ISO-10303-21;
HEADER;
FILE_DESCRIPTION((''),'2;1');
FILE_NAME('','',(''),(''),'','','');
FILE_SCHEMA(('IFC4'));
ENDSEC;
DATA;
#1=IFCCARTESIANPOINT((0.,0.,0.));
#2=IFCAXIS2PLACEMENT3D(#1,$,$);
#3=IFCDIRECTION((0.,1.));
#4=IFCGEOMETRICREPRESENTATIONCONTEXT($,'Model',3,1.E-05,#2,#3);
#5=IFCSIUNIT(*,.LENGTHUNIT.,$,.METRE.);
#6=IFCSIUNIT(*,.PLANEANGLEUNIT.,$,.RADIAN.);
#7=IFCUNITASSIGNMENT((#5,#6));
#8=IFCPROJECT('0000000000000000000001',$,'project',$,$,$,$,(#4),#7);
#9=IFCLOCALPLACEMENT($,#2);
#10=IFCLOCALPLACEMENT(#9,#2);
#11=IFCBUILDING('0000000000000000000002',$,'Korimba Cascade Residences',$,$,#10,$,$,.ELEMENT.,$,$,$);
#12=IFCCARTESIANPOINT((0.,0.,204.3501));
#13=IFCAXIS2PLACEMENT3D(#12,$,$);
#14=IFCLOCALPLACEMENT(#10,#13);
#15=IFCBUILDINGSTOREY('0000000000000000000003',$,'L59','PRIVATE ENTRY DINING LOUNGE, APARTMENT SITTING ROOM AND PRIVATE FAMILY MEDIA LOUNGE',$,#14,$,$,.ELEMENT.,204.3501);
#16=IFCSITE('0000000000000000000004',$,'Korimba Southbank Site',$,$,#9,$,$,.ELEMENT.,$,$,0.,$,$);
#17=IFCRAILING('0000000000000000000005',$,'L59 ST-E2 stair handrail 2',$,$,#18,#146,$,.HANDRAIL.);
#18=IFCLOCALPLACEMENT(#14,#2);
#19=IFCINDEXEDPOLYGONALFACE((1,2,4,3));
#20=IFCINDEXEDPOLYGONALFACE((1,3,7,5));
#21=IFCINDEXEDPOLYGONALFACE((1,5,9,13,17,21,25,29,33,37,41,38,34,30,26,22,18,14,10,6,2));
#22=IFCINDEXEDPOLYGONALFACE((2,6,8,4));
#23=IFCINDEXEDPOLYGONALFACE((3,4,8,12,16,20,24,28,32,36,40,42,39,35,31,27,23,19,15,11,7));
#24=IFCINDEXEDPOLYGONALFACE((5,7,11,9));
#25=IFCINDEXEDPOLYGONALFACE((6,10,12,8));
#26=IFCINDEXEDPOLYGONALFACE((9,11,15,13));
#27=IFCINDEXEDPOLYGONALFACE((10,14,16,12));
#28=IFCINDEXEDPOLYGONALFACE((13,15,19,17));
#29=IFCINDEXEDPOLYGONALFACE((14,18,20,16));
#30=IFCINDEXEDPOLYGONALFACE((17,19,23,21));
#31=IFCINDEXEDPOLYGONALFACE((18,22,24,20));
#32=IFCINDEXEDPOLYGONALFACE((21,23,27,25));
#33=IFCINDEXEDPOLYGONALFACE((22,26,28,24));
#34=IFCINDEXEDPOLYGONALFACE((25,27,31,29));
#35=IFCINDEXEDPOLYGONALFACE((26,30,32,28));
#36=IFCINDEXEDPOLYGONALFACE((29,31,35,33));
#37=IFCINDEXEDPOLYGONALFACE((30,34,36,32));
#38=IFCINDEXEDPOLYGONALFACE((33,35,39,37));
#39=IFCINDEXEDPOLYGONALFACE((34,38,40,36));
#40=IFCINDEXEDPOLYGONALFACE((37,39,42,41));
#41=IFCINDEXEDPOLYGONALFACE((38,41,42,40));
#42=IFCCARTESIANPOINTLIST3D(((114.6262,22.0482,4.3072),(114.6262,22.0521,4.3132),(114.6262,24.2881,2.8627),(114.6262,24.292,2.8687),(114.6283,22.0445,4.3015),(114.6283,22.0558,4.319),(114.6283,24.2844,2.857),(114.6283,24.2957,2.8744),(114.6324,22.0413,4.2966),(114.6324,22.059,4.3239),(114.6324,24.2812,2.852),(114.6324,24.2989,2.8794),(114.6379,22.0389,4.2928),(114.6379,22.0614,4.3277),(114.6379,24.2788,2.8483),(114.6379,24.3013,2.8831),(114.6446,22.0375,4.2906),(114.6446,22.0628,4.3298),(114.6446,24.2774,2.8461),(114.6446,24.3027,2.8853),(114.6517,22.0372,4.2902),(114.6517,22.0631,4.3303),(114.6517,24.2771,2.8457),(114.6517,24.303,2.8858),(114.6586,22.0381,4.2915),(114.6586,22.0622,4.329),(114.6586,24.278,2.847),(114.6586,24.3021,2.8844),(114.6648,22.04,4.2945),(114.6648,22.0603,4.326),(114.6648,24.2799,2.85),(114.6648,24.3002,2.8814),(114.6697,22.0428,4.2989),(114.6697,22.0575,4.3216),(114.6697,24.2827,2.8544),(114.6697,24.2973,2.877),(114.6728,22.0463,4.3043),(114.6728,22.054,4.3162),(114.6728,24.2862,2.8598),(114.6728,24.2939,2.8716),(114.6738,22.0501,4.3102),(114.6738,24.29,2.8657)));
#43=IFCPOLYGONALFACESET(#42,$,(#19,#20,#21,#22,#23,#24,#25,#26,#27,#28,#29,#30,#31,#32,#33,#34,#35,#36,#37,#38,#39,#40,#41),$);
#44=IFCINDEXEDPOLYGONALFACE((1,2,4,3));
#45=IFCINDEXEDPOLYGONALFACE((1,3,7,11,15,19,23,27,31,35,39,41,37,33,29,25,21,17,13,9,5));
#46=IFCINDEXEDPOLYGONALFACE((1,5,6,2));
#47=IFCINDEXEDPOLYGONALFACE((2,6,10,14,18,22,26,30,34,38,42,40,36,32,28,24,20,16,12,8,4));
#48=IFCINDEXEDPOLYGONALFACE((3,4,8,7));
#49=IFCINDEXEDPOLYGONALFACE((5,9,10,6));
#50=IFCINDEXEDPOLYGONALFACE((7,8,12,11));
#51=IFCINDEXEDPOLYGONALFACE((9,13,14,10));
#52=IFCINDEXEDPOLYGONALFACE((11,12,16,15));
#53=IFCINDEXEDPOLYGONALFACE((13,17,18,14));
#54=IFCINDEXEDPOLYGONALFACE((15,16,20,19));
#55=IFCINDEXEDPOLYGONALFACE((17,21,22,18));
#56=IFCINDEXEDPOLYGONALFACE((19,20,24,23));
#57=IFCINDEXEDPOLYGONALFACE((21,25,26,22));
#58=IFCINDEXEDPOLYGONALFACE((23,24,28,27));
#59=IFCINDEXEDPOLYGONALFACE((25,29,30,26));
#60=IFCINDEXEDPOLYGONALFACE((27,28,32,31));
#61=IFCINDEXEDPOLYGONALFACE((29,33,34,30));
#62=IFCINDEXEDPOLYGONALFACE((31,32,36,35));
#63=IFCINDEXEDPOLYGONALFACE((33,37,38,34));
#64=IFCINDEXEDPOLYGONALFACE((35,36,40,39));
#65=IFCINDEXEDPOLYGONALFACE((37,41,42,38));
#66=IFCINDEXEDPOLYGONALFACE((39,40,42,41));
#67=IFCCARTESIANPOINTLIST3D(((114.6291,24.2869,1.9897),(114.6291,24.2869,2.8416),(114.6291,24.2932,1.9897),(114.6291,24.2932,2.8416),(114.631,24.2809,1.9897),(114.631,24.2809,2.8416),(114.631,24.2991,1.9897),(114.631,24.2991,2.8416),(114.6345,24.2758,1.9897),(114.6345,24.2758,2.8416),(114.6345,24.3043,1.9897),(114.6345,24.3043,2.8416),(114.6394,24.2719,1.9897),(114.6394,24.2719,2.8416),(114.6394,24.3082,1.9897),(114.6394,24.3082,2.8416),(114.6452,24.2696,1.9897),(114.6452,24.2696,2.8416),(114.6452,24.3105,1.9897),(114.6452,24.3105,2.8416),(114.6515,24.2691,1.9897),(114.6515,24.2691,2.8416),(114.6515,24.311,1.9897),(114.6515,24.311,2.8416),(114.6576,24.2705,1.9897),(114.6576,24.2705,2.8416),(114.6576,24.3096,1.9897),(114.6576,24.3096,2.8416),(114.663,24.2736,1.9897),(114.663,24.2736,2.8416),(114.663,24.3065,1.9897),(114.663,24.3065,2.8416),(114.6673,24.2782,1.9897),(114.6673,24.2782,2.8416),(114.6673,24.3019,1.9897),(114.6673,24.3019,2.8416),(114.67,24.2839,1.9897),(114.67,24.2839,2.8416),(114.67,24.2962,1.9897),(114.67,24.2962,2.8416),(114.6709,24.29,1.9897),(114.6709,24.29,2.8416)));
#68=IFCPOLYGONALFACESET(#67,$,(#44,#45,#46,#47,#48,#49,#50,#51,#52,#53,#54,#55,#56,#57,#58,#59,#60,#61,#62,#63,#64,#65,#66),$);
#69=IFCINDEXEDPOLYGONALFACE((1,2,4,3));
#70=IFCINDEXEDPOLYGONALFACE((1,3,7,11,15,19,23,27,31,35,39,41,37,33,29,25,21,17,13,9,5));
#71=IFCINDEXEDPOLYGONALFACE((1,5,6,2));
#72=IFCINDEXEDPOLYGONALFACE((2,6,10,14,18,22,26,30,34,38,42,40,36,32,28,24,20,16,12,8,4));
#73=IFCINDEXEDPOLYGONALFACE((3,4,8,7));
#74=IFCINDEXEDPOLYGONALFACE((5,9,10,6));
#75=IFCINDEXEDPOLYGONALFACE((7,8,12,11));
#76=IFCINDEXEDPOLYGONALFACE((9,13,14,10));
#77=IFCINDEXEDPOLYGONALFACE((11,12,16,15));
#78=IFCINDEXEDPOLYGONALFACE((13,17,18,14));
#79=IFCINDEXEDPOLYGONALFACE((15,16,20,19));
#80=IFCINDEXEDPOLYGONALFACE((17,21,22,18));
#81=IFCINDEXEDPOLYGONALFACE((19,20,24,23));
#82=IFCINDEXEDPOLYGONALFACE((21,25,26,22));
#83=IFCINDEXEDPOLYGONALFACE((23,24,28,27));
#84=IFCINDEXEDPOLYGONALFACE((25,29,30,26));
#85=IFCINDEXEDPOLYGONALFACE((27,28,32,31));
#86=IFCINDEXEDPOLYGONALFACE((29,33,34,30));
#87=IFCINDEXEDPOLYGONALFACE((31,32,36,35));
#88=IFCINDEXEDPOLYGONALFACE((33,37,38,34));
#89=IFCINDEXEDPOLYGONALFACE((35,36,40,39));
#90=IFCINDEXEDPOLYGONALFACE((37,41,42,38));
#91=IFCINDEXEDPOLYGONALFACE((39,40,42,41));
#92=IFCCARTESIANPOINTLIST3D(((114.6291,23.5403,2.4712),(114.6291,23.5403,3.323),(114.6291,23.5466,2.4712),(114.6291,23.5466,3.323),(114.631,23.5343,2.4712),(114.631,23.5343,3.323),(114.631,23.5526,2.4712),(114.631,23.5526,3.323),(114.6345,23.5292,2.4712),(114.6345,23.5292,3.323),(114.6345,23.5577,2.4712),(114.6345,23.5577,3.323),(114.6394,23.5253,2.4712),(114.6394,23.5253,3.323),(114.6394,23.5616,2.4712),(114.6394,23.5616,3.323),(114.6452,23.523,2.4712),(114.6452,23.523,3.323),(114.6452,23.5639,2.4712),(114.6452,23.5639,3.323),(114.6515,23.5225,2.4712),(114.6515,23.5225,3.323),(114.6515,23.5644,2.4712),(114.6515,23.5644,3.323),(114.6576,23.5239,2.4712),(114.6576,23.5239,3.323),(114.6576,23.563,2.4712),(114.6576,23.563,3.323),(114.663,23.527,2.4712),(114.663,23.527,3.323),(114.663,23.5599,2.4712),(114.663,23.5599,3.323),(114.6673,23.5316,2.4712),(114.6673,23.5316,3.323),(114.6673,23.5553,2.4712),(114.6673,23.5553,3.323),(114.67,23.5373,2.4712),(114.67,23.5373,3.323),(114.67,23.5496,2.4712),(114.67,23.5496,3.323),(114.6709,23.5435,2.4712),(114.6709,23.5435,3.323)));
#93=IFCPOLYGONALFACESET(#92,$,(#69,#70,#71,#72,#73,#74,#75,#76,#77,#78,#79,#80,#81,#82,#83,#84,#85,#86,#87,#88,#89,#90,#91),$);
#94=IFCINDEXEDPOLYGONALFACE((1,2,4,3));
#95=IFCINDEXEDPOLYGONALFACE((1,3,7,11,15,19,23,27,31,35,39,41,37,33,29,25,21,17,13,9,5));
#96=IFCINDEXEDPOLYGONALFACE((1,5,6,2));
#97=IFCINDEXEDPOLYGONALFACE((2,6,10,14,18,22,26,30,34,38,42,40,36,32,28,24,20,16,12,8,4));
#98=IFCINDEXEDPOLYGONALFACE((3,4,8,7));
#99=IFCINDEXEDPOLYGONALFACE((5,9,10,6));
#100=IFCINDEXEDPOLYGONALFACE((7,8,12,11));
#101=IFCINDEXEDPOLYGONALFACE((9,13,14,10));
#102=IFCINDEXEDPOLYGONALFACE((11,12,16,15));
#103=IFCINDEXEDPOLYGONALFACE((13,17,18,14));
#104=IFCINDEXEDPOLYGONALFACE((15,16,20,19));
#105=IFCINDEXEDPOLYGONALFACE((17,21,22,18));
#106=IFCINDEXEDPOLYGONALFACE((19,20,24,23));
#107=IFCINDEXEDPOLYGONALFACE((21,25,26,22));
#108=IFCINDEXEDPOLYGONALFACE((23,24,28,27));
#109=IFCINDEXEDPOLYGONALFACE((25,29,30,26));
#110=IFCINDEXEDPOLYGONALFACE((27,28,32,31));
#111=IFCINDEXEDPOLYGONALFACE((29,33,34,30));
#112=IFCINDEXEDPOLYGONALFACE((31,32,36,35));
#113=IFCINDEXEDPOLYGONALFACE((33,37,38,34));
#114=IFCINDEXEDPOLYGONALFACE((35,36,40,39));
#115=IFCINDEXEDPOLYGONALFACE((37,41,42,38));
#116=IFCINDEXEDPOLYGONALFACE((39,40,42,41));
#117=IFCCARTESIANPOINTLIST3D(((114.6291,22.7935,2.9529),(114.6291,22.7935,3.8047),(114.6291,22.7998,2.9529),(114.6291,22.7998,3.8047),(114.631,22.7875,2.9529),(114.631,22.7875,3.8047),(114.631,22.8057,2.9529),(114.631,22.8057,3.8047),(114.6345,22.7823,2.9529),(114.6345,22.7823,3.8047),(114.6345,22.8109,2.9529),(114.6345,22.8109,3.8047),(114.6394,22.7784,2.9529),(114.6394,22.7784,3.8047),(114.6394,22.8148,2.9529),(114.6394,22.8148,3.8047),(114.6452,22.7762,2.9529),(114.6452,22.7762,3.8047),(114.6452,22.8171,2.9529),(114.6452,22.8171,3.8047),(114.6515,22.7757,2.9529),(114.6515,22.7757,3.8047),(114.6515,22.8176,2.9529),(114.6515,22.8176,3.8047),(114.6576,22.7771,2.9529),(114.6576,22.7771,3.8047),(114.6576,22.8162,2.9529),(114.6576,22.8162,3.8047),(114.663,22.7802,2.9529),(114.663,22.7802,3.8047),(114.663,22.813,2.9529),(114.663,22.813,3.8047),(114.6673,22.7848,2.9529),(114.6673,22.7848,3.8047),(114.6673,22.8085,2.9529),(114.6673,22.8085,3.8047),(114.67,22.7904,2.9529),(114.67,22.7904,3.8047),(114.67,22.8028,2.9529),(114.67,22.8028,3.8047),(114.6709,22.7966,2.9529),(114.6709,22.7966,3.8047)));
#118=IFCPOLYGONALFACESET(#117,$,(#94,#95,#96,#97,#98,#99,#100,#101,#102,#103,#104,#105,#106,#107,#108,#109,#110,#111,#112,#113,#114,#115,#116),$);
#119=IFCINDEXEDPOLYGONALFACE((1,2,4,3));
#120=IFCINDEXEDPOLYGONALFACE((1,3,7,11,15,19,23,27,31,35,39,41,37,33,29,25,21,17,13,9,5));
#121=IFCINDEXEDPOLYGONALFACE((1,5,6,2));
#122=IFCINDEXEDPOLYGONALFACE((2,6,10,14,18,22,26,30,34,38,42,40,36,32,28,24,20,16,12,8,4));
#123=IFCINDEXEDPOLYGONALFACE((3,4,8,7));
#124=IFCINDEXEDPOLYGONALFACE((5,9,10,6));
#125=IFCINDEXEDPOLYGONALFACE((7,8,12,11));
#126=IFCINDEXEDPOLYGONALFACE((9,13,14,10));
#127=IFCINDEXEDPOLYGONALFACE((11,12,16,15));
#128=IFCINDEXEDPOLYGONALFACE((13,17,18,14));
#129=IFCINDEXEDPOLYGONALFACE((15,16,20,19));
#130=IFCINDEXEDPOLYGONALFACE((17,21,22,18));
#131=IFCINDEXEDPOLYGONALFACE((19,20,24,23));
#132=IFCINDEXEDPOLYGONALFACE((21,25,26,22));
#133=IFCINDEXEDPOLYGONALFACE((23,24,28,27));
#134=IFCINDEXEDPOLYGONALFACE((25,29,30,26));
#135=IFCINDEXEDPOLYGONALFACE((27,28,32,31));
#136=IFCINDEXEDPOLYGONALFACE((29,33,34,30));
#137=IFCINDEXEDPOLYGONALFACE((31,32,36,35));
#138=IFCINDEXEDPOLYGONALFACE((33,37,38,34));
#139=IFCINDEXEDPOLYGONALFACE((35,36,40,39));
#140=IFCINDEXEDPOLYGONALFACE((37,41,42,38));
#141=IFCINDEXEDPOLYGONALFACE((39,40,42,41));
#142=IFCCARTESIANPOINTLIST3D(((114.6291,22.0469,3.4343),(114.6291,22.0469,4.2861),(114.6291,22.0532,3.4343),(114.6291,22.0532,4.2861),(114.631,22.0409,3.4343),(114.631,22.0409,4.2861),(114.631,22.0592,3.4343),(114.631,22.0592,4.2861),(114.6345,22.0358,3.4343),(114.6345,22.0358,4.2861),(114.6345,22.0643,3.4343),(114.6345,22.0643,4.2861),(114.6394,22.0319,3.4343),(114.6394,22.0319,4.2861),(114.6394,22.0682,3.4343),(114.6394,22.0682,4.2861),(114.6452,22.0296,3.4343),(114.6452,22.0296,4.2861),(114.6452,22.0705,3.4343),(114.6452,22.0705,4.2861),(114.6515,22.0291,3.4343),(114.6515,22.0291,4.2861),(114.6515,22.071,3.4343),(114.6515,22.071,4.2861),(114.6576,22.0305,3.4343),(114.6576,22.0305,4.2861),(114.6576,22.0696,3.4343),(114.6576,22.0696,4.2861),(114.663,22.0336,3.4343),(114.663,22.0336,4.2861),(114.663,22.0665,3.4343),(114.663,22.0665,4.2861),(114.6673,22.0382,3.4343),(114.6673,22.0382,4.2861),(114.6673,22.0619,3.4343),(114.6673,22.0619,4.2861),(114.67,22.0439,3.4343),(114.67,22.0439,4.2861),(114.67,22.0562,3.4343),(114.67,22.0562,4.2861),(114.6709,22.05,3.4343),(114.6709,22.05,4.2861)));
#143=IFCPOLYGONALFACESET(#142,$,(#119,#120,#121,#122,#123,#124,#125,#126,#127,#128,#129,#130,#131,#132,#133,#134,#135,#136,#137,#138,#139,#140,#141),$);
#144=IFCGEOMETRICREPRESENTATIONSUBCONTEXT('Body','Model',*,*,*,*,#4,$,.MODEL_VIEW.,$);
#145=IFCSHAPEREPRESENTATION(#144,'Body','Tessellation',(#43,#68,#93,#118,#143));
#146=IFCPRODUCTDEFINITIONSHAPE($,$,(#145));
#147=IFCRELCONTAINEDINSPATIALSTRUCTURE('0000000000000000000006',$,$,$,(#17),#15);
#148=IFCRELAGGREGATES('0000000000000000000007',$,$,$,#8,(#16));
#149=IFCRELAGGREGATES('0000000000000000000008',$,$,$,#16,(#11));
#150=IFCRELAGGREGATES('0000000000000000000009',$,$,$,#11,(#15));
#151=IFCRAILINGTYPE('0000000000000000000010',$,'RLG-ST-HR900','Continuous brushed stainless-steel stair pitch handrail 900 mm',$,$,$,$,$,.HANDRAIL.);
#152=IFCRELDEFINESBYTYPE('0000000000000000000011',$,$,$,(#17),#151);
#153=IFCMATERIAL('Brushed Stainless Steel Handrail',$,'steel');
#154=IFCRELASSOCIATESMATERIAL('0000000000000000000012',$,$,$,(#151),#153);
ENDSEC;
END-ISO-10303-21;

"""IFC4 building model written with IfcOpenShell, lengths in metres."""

from ifc_helpers import new_model, si_unit, direction, frame, origin, origin_2d, place, context, subcontext, project, spatial, circle, extrude, material, type_object, element, save


model = new_model("IFC4")

# Units and contexts
model_context = context("Model", 3, precision=1e-05, world=origin(), true_north=direction((0.0, 1.0)))
body_context = subcontext(model_context, "Body", "Model", "MODEL_VIEW")
ifc_project = project(units=[si_unit("LENGTHUNIT", "METRE"), si_unit("PLANEANGLEUNIT", "RADIAN")], contexts=[model_context])

# Site, building, storey
site_placement = place(None, origin())
site = spatial("IfcSite", under=ifc_project, at=site_placement, Name="Korimba Southbank Site", CompositionType="ELEMENT", RefElevation=0.0)
building_placement = place(site_placement, origin())
building = spatial("IfcBuilding", under=site, at=building_placement, Name="Korimba Cascade Residences", CompositionType="ELEMENT")
storey_placement = place(building_placement, frame((0.0, 0.0, 204.3501)))
storey = spatial("IfcBuildingStorey", under=building, at=storey_placement, Name="L59", Description="PRIVATE ENTRY DINING LOUNGE, APARTMENT SITTING ROOM AND PRIVATE FAMILY MEDIA LOUNGE", CompositionType="ELEMENT", Elevation=204.3501)

# Railing
ifc_material_1 = material(Name="Brushed Stainless Steel Handrail", Category="steel")
railing_type_1 = type_object("IfcRailingType", Name="RLG-ST-HR900", Description="Continuous brushed stainless-steel stair pitch handrail 900 mm", PredefinedType="HANDRAIL", material=ifc_material_1)
railing_1_placement = place(storey_placement, frame((114.6499, 24.29, 1.9897)))
element("IfcRailing", 1, at=railing_1_placement, inside=storey, type_object=railing_type_1, Name="L59 ST-E2 stair handrail 2", PredefinedType="HANDRAIL", context=body_context, shape_type="SweptSolid", body=[
    extrude(circle(Radius=0.0239, at=origin_2d()), frame((0.0, 0.0, 0.876), z_axis=(0.0, -0.840395, 0.541975), x_axis=(1.0, 0.0, 0.0)), (0.0, 0.0, 1.0), 2.6653),
    extrude(circle(Radius=0.021, at=origin_2d()), origin(), (0.0, 0.0, 1.0), 0.8518),
    extrude(circle(Radius=0.021, at=origin_2d()), frame((0.0, -0.7466, 0.4814)), (0.0, 0.0, 1.0), 0.8518),
    extrude(circle(Radius=0.021, at=origin_2d()), frame((0.0, -1.4934, 0.9631)), (0.0, 0.0, 1.0), 0.8518),
    extrude(circle(Radius=0.021, at=origin_2d()), frame((0.0, -2.24, 1.4446)), (0.0, 0.0, 1.0), 0.8518),
])

save(model, "model.ifc")
